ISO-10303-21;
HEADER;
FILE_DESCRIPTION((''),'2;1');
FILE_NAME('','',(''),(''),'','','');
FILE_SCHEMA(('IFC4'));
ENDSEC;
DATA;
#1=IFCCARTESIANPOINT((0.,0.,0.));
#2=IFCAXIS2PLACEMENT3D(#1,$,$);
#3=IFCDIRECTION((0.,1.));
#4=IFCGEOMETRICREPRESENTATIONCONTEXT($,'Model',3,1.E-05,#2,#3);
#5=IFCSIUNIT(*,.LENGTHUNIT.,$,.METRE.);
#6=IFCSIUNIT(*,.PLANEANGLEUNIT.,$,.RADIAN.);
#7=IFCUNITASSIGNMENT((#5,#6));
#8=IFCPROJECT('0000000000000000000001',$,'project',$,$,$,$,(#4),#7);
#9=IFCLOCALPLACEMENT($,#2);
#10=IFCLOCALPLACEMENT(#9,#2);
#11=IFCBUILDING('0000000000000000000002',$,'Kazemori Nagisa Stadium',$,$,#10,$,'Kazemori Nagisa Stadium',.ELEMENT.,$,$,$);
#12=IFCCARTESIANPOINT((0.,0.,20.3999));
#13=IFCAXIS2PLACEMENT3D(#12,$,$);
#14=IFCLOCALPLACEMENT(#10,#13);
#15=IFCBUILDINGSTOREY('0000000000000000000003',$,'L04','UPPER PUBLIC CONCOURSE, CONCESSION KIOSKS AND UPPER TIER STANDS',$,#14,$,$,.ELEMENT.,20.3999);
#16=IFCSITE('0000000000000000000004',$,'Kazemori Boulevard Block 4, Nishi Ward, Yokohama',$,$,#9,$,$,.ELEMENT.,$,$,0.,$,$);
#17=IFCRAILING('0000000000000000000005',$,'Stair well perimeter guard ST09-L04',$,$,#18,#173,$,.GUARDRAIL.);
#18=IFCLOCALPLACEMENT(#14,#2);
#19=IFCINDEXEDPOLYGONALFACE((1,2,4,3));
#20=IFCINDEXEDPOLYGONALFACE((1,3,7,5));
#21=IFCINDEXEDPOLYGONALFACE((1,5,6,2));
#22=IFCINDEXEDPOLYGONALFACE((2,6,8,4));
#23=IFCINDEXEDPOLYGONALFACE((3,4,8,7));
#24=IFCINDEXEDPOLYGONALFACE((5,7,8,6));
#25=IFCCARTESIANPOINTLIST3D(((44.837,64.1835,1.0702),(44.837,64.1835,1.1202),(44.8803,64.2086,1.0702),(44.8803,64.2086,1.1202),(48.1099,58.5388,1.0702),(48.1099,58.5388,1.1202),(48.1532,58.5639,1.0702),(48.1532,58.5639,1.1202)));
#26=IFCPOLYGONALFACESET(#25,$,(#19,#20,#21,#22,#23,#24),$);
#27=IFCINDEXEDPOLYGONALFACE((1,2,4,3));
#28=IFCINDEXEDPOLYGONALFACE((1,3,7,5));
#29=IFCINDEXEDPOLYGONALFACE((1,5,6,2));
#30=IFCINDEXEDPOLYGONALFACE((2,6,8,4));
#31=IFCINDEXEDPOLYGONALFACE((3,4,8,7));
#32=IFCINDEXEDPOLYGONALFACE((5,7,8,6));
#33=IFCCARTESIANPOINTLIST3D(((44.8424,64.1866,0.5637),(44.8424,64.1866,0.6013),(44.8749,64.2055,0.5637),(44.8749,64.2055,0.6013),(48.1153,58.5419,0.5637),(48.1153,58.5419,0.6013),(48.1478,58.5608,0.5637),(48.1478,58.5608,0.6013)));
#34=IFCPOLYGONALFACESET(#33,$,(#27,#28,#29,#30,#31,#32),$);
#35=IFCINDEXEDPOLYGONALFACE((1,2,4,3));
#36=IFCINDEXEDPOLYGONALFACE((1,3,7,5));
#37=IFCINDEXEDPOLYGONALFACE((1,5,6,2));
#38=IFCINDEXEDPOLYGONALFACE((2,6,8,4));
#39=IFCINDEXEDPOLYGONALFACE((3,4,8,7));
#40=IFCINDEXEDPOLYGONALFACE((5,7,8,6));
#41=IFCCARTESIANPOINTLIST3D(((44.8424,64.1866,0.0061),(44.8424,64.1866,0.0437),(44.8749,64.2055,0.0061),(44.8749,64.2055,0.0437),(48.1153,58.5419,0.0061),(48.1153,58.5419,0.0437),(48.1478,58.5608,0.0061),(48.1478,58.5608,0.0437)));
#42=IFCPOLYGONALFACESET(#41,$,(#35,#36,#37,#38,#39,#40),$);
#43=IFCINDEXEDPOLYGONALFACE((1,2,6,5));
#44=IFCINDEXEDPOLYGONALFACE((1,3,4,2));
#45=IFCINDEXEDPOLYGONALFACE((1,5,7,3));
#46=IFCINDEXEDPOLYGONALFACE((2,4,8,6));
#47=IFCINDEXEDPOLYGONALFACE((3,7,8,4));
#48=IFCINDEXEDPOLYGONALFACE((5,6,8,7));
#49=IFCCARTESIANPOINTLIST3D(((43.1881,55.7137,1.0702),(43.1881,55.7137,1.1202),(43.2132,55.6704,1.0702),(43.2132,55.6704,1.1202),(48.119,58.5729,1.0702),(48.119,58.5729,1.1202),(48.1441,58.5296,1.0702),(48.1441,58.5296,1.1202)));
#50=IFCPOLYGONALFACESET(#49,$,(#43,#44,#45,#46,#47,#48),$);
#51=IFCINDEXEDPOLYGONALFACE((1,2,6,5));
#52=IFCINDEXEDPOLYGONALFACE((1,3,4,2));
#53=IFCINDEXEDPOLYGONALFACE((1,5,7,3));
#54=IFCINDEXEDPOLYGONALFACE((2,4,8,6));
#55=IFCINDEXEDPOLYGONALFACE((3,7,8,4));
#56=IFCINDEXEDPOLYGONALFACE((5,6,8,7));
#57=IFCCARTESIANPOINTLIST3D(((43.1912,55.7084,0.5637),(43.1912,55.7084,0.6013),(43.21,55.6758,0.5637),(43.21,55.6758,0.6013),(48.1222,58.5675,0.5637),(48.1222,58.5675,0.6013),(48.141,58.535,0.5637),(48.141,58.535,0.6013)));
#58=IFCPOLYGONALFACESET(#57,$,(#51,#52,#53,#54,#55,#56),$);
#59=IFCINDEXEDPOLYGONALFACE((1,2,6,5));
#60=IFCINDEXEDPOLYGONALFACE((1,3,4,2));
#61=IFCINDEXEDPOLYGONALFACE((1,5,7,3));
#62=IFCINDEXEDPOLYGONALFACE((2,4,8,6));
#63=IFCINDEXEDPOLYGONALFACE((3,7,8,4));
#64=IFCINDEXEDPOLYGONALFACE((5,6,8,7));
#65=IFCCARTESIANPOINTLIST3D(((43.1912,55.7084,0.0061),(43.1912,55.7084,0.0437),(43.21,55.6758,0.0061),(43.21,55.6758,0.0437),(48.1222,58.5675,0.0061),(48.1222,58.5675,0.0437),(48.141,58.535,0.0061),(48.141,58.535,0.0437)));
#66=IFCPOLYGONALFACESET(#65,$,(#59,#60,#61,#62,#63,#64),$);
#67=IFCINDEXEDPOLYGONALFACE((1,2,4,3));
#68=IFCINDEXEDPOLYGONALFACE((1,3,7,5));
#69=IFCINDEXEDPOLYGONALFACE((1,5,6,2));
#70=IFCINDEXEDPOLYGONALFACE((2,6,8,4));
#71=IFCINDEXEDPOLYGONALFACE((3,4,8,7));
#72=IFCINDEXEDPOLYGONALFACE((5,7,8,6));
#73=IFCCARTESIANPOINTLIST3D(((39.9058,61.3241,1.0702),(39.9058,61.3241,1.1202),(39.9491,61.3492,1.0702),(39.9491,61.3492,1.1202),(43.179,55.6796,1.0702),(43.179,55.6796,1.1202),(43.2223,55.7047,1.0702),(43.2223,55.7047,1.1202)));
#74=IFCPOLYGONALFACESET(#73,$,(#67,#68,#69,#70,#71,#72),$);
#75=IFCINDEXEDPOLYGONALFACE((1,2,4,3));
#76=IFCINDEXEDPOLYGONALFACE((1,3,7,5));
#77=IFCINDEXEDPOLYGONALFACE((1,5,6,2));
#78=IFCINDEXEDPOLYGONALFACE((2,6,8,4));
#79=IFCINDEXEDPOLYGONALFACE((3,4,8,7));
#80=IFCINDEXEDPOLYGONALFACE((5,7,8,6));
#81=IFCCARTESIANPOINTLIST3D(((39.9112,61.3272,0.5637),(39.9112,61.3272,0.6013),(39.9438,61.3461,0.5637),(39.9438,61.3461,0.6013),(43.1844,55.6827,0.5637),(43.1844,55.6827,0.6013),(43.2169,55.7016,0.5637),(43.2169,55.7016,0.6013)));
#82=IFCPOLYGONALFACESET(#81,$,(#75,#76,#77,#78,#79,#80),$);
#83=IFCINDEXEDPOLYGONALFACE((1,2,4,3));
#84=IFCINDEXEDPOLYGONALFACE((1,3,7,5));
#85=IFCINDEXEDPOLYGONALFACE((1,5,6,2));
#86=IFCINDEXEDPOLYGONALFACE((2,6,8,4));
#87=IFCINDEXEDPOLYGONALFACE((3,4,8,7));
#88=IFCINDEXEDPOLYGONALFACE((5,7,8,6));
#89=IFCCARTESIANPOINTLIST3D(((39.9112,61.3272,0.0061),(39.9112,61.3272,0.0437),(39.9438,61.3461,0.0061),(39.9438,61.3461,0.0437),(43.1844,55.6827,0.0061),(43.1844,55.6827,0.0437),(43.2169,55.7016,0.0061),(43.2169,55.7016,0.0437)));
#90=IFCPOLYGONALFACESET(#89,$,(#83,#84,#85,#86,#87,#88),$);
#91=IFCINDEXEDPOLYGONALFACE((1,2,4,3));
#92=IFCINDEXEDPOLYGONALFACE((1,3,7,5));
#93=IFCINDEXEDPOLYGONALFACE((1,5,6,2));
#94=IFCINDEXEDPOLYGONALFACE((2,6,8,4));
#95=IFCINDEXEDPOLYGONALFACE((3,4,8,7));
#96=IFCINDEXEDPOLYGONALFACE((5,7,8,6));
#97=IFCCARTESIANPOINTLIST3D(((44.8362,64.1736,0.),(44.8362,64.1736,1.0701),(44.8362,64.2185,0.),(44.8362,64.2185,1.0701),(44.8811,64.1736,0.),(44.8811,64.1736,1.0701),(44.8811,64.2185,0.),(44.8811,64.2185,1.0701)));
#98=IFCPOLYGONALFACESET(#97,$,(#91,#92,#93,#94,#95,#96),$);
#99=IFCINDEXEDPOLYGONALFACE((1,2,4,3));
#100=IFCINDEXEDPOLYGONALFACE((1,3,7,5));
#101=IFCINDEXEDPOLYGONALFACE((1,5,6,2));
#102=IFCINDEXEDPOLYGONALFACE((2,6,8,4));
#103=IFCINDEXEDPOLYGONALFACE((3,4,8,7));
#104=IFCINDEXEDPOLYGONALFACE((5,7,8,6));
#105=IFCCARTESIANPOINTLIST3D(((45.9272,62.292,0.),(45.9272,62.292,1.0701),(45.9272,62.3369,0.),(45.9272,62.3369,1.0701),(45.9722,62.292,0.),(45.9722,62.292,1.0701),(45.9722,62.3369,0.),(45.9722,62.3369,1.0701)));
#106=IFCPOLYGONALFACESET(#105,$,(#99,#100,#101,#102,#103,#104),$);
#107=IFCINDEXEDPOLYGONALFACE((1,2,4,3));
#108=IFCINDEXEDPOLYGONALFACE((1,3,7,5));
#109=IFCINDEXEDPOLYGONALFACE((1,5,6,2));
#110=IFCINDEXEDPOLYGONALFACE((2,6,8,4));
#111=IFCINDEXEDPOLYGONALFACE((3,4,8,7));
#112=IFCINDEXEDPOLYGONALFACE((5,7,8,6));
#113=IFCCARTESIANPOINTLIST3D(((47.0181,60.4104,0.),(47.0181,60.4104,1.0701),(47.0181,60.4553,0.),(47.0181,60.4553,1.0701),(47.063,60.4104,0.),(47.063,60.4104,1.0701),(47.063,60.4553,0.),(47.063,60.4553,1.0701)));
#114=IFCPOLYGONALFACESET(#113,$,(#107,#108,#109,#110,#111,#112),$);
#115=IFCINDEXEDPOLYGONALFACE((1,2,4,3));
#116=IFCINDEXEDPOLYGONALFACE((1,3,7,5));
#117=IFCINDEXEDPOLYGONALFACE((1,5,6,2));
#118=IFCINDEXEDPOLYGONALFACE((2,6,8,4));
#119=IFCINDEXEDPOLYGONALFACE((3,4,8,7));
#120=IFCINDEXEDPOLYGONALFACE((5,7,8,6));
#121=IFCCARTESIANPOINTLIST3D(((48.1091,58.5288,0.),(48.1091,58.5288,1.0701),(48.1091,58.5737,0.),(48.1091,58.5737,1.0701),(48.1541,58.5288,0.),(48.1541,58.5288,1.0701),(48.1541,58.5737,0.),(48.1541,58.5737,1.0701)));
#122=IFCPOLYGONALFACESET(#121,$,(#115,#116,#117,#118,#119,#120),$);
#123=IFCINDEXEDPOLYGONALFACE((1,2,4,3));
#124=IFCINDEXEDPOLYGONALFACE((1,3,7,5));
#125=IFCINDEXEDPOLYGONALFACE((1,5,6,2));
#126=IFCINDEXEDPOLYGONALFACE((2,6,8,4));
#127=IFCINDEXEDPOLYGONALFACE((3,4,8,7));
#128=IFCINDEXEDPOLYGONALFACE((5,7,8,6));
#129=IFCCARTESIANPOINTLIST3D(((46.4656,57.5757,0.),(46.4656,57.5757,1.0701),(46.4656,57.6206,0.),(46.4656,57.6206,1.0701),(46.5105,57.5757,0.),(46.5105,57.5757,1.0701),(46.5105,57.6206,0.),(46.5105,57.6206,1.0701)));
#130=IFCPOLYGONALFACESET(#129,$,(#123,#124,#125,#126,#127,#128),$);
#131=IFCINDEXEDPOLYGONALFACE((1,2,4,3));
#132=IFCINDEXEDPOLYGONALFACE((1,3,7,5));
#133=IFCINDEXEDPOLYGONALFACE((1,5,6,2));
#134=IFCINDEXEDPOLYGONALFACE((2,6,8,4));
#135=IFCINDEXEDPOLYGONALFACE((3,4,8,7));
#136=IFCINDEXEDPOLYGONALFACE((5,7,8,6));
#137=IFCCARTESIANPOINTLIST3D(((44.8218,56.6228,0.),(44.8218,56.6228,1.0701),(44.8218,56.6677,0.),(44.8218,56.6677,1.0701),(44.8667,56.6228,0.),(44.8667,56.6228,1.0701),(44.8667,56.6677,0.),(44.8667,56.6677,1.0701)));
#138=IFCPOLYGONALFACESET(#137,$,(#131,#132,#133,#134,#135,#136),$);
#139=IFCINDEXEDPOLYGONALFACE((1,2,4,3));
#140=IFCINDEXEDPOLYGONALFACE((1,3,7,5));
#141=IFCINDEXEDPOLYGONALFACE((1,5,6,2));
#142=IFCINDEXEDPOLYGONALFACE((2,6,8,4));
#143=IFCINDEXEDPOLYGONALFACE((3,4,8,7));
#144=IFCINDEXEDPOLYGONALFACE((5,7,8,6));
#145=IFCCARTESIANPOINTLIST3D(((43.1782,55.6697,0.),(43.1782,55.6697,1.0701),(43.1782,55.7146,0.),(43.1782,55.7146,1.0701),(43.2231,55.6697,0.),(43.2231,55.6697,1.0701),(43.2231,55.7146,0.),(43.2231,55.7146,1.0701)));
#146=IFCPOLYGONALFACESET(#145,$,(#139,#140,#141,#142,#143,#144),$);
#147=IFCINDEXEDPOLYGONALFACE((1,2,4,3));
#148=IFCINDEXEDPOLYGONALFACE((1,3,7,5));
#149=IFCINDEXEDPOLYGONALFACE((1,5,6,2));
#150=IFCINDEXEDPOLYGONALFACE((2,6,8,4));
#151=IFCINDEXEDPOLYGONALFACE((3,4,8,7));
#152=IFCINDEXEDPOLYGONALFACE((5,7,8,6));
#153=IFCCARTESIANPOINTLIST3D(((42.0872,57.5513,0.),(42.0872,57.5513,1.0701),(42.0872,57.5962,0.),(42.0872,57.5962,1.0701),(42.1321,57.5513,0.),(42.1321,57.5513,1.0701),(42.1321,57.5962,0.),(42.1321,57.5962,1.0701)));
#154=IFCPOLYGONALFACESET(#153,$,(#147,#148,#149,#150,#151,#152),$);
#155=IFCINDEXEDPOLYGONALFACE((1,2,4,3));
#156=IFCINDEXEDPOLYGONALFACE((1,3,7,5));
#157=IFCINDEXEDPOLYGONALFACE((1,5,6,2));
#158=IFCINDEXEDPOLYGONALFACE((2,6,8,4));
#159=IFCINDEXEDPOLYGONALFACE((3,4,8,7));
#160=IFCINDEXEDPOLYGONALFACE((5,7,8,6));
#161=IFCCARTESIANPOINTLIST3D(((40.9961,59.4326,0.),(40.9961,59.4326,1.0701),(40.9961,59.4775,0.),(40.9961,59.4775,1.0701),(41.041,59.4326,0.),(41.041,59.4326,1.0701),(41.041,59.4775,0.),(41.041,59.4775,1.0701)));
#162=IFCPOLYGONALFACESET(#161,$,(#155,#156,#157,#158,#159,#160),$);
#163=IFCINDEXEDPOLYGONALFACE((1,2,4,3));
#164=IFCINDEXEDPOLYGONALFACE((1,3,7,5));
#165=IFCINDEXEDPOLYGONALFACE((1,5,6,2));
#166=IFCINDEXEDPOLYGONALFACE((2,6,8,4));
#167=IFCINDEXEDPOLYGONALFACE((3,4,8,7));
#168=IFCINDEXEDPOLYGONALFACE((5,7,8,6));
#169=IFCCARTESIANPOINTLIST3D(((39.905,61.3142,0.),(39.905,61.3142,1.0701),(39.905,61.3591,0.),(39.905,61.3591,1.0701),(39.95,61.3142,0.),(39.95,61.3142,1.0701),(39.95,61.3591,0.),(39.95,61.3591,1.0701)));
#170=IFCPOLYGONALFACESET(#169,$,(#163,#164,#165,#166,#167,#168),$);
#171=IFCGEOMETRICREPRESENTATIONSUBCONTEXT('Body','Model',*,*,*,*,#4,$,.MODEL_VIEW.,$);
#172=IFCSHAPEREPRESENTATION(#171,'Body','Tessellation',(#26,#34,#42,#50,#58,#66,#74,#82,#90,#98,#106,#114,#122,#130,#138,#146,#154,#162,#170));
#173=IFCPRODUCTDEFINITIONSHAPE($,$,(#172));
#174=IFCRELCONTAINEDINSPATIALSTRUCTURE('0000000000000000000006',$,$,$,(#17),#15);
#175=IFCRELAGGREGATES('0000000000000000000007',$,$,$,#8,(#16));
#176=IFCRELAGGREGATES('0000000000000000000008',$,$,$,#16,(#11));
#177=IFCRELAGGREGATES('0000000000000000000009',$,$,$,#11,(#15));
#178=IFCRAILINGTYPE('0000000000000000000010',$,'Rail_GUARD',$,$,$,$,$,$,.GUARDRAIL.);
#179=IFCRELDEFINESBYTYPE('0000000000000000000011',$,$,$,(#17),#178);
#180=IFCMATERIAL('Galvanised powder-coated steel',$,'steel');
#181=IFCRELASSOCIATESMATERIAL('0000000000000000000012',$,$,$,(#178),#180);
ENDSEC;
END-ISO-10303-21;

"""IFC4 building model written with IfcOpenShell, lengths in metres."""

from ifc_helpers import new_model, si_unit, direction, frame, origin, origin_2d, place, context, subcontext, project, spatial, rectangle, extrude, material, type_object, element, save


model = new_model("IFC4")

# Units and contexts
model_context = context("Model", 3, precision=1e-05, world=origin(), true_north=direction((0.0, 1.0)))
body_context = subcontext(model_context, "Body", "Model", "MODEL_VIEW")
ifc_project = project(units=[si_unit("LENGTHUNIT", "METRE"), si_unit("PLANEANGLEUNIT", "RADIAN")], contexts=[model_context])

# Site, building, storey
site_placement = place(None, origin())
site = spatial("IfcSite", under=ifc_project, at=site_placement, Name="Kazemori Boulevard Block 4, Nishi Ward, Yokohama", CompositionType="ELEMENT", RefElevation=0.0)
building_placement = place(site_placement, origin())
building = spatial("IfcBuilding", under=site, at=building_placement, Name="Kazemori Nagisa Stadium", LongName="Kazemori Nagisa Stadium", CompositionType="ELEMENT")
storey_placement = place(building_placement, frame((0.0, 0.0, 20.3999)))
storey = spatial("IfcBuildingStorey", under=building, at=storey_placement, Name="L04", Description="UPPER PUBLIC CONCOURSE, CONCESSION KIOSKS AND UPPER TIER STANDS", CompositionType="ELEMENT", Elevation=20.3999)

# Railing
ifc_material_1 = material(Name="Galvanised powder-coated steel", Category="steel")
railing_type_1 = type_object("IfcRailingType", Name="Rail_GUARD", PredefinedType="GUARDRAIL", material=ifc_material_1)
railing_1_placement = place(storey_placement, frame((44.8586, 64.196, 0.0)))
element("IfcRailing", 1, at=railing_1_placement, inside=storey, type_object=railing_type_1, Name="Stair well perimeter guard ST09-L04", PredefinedType="GUARDRAIL", context=body_context, shape_type="SweptSolid", body=[
    extrude(rectangle(XDim=0.05, YDim=0.05, at=origin_2d()), frame((0.0, 0.0, 1.0952), z_axis=(0.501601, -0.865099, 0.0), x_axis=(0.865099, 0.501601, 0.0)), (0.0, 0.0, 1.0), 6.5249),
    extrude(rectangle(XDim=0.0376, YDim=0.0376, at=origin_2d()), frame((0.0, 0.0, 0.5825), z_axis=(0.501601, -0.865099, 0.0), x_axis=(0.865099, 0.501601, 0.0)), (0.0, 0.0, 1.0), 6.5249),
    extrude(rectangle(XDim=0.0376, YDim=0.0376, at=origin_2d()), frame((0.0, 0.0, 0.0249), z_axis=(0.501601, -0.865099, 0.0), x_axis=(0.865099, 0.501601, 0.0)), (0.0, 0.0, 1.0), 6.5249),
    extrude(rectangle(XDim=0.05, YDim=0.05, at=origin_2d()), frame((3.2729, -5.6448, 1.0952), z_axis=(-0.865092, -0.501614, 0.0), x_axis=(0.501614, -0.865092, 0.0)), (0.0, 0.0, 1.0), 5.7),
    extrude(rectangle(XDim=0.0376, YDim=0.0376, at=origin_2d()), frame((3.2729, -5.6448, 0.5825), z_axis=(-0.865092, -0.501614, 0.0), x_axis=(0.501614, -0.865092, 0.0)), (0.0, 0.0, 1.0), 5.7),
    extrude(rectangle(XDim=0.0376, YDim=0.0376, at=origin_2d()), frame((3.2729, -5.6448, 0.0249), z_axis=(-0.865092, -0.501614, 0.0), x_axis=(0.501614, -0.865092, 0.0)), (0.0, 0.0, 1.0), 5.7),
    extrude(rectangle(XDim=0.05, YDim=0.05, at=origin_2d()), frame((-1.658, -8.5039, 1.0952), z_axis=(-0.501645, 0.865073, 0.0), x_axis=(-0.865073, -0.501645, 0.0)), (0.0, 0.0, 1.0), 6.5249),
    extrude(rectangle(XDim=0.0376, YDim=0.0376, at=origin_2d()), frame((-1.658, -8.5039, 0.5825), z_axis=(-0.501645, 0.865073, 0.0), x_axis=(-0.865073, -0.501645, 0.0)), (0.0, 0.0, 1.0), 6.5249),
    extrude(rectangle(XDim=0.0376, YDim=0.0376, at=origin_2d()), frame((-1.658, -8.5039, 0.0249), z_axis=(-0.501645, 0.865073, 0.0), x_axis=(-0.865073, -0.501645, 0.0)), (0.0, 0.0, 1.0), 6.5249),
    extrude(rectangle(XDim=0.0449, YDim=0.0449, at=origin_2d()), origin(), (0.0, 0.0, 1.0), 1.0701),
    extrude(rectangle(XDim=0.0449, YDim=0.0449, at=origin_2d()), frame((1.0911, -1.8816, 0.0)), (0.0, 0.0, 1.0), 1.0701),
    extrude(rectangle(XDim=0.0449, YDim=0.0449, at=origin_2d()), frame((2.1819, -3.7632, 0.0)), (0.0, 0.0, 1.0), 1.0701),
    extrude(rectangle(XDim=0.0449, YDim=0.0449, at=origin_2d()), frame((3.2729, -5.6448, 0.0)), (0.0, 0.0, 1.0), 1.0701),
    extrude(rectangle(XDim=0.0449, YDim=0.0449, at=origin_2d()), frame((1.6294, -6.5979, 0.0)), (0.0, 0.0, 1.0), 1.0701),
    extrude(rectangle(XDim=0.0449, YDim=0.0449, at=origin_2d()), frame((-0.0144, -7.5508, 0.0)), (0.0, 0.0, 1.0), 1.0701),
    extrude(rectangle(XDim=0.0449, YDim=0.0449, at=origin_2d()), frame((-1.658, -8.5039, 0.0)), (0.0, 0.0, 1.0), 1.0701),
    extrude(rectangle(XDim=0.0449, YDim=0.0449, at=origin_2d()), frame((-2.749, -6.6223, 0.0)), (0.0, 0.0, 1.0), 1.0701),
    extrude(rectangle(XDim=0.0449, YDim=0.0449, at=origin_2d()), frame((-3.8401, -4.741, 0.0)), (0.0, 0.0, 1.0), 1.0701),
    extrude(rectangle(XDim=0.0449, YDim=0.0449, at=origin_2d()), frame((-4.9312, -2.8594, 0.0)), (0.0, 0.0, 1.0), 1.0701),
])

save(model, "model.ifc")
